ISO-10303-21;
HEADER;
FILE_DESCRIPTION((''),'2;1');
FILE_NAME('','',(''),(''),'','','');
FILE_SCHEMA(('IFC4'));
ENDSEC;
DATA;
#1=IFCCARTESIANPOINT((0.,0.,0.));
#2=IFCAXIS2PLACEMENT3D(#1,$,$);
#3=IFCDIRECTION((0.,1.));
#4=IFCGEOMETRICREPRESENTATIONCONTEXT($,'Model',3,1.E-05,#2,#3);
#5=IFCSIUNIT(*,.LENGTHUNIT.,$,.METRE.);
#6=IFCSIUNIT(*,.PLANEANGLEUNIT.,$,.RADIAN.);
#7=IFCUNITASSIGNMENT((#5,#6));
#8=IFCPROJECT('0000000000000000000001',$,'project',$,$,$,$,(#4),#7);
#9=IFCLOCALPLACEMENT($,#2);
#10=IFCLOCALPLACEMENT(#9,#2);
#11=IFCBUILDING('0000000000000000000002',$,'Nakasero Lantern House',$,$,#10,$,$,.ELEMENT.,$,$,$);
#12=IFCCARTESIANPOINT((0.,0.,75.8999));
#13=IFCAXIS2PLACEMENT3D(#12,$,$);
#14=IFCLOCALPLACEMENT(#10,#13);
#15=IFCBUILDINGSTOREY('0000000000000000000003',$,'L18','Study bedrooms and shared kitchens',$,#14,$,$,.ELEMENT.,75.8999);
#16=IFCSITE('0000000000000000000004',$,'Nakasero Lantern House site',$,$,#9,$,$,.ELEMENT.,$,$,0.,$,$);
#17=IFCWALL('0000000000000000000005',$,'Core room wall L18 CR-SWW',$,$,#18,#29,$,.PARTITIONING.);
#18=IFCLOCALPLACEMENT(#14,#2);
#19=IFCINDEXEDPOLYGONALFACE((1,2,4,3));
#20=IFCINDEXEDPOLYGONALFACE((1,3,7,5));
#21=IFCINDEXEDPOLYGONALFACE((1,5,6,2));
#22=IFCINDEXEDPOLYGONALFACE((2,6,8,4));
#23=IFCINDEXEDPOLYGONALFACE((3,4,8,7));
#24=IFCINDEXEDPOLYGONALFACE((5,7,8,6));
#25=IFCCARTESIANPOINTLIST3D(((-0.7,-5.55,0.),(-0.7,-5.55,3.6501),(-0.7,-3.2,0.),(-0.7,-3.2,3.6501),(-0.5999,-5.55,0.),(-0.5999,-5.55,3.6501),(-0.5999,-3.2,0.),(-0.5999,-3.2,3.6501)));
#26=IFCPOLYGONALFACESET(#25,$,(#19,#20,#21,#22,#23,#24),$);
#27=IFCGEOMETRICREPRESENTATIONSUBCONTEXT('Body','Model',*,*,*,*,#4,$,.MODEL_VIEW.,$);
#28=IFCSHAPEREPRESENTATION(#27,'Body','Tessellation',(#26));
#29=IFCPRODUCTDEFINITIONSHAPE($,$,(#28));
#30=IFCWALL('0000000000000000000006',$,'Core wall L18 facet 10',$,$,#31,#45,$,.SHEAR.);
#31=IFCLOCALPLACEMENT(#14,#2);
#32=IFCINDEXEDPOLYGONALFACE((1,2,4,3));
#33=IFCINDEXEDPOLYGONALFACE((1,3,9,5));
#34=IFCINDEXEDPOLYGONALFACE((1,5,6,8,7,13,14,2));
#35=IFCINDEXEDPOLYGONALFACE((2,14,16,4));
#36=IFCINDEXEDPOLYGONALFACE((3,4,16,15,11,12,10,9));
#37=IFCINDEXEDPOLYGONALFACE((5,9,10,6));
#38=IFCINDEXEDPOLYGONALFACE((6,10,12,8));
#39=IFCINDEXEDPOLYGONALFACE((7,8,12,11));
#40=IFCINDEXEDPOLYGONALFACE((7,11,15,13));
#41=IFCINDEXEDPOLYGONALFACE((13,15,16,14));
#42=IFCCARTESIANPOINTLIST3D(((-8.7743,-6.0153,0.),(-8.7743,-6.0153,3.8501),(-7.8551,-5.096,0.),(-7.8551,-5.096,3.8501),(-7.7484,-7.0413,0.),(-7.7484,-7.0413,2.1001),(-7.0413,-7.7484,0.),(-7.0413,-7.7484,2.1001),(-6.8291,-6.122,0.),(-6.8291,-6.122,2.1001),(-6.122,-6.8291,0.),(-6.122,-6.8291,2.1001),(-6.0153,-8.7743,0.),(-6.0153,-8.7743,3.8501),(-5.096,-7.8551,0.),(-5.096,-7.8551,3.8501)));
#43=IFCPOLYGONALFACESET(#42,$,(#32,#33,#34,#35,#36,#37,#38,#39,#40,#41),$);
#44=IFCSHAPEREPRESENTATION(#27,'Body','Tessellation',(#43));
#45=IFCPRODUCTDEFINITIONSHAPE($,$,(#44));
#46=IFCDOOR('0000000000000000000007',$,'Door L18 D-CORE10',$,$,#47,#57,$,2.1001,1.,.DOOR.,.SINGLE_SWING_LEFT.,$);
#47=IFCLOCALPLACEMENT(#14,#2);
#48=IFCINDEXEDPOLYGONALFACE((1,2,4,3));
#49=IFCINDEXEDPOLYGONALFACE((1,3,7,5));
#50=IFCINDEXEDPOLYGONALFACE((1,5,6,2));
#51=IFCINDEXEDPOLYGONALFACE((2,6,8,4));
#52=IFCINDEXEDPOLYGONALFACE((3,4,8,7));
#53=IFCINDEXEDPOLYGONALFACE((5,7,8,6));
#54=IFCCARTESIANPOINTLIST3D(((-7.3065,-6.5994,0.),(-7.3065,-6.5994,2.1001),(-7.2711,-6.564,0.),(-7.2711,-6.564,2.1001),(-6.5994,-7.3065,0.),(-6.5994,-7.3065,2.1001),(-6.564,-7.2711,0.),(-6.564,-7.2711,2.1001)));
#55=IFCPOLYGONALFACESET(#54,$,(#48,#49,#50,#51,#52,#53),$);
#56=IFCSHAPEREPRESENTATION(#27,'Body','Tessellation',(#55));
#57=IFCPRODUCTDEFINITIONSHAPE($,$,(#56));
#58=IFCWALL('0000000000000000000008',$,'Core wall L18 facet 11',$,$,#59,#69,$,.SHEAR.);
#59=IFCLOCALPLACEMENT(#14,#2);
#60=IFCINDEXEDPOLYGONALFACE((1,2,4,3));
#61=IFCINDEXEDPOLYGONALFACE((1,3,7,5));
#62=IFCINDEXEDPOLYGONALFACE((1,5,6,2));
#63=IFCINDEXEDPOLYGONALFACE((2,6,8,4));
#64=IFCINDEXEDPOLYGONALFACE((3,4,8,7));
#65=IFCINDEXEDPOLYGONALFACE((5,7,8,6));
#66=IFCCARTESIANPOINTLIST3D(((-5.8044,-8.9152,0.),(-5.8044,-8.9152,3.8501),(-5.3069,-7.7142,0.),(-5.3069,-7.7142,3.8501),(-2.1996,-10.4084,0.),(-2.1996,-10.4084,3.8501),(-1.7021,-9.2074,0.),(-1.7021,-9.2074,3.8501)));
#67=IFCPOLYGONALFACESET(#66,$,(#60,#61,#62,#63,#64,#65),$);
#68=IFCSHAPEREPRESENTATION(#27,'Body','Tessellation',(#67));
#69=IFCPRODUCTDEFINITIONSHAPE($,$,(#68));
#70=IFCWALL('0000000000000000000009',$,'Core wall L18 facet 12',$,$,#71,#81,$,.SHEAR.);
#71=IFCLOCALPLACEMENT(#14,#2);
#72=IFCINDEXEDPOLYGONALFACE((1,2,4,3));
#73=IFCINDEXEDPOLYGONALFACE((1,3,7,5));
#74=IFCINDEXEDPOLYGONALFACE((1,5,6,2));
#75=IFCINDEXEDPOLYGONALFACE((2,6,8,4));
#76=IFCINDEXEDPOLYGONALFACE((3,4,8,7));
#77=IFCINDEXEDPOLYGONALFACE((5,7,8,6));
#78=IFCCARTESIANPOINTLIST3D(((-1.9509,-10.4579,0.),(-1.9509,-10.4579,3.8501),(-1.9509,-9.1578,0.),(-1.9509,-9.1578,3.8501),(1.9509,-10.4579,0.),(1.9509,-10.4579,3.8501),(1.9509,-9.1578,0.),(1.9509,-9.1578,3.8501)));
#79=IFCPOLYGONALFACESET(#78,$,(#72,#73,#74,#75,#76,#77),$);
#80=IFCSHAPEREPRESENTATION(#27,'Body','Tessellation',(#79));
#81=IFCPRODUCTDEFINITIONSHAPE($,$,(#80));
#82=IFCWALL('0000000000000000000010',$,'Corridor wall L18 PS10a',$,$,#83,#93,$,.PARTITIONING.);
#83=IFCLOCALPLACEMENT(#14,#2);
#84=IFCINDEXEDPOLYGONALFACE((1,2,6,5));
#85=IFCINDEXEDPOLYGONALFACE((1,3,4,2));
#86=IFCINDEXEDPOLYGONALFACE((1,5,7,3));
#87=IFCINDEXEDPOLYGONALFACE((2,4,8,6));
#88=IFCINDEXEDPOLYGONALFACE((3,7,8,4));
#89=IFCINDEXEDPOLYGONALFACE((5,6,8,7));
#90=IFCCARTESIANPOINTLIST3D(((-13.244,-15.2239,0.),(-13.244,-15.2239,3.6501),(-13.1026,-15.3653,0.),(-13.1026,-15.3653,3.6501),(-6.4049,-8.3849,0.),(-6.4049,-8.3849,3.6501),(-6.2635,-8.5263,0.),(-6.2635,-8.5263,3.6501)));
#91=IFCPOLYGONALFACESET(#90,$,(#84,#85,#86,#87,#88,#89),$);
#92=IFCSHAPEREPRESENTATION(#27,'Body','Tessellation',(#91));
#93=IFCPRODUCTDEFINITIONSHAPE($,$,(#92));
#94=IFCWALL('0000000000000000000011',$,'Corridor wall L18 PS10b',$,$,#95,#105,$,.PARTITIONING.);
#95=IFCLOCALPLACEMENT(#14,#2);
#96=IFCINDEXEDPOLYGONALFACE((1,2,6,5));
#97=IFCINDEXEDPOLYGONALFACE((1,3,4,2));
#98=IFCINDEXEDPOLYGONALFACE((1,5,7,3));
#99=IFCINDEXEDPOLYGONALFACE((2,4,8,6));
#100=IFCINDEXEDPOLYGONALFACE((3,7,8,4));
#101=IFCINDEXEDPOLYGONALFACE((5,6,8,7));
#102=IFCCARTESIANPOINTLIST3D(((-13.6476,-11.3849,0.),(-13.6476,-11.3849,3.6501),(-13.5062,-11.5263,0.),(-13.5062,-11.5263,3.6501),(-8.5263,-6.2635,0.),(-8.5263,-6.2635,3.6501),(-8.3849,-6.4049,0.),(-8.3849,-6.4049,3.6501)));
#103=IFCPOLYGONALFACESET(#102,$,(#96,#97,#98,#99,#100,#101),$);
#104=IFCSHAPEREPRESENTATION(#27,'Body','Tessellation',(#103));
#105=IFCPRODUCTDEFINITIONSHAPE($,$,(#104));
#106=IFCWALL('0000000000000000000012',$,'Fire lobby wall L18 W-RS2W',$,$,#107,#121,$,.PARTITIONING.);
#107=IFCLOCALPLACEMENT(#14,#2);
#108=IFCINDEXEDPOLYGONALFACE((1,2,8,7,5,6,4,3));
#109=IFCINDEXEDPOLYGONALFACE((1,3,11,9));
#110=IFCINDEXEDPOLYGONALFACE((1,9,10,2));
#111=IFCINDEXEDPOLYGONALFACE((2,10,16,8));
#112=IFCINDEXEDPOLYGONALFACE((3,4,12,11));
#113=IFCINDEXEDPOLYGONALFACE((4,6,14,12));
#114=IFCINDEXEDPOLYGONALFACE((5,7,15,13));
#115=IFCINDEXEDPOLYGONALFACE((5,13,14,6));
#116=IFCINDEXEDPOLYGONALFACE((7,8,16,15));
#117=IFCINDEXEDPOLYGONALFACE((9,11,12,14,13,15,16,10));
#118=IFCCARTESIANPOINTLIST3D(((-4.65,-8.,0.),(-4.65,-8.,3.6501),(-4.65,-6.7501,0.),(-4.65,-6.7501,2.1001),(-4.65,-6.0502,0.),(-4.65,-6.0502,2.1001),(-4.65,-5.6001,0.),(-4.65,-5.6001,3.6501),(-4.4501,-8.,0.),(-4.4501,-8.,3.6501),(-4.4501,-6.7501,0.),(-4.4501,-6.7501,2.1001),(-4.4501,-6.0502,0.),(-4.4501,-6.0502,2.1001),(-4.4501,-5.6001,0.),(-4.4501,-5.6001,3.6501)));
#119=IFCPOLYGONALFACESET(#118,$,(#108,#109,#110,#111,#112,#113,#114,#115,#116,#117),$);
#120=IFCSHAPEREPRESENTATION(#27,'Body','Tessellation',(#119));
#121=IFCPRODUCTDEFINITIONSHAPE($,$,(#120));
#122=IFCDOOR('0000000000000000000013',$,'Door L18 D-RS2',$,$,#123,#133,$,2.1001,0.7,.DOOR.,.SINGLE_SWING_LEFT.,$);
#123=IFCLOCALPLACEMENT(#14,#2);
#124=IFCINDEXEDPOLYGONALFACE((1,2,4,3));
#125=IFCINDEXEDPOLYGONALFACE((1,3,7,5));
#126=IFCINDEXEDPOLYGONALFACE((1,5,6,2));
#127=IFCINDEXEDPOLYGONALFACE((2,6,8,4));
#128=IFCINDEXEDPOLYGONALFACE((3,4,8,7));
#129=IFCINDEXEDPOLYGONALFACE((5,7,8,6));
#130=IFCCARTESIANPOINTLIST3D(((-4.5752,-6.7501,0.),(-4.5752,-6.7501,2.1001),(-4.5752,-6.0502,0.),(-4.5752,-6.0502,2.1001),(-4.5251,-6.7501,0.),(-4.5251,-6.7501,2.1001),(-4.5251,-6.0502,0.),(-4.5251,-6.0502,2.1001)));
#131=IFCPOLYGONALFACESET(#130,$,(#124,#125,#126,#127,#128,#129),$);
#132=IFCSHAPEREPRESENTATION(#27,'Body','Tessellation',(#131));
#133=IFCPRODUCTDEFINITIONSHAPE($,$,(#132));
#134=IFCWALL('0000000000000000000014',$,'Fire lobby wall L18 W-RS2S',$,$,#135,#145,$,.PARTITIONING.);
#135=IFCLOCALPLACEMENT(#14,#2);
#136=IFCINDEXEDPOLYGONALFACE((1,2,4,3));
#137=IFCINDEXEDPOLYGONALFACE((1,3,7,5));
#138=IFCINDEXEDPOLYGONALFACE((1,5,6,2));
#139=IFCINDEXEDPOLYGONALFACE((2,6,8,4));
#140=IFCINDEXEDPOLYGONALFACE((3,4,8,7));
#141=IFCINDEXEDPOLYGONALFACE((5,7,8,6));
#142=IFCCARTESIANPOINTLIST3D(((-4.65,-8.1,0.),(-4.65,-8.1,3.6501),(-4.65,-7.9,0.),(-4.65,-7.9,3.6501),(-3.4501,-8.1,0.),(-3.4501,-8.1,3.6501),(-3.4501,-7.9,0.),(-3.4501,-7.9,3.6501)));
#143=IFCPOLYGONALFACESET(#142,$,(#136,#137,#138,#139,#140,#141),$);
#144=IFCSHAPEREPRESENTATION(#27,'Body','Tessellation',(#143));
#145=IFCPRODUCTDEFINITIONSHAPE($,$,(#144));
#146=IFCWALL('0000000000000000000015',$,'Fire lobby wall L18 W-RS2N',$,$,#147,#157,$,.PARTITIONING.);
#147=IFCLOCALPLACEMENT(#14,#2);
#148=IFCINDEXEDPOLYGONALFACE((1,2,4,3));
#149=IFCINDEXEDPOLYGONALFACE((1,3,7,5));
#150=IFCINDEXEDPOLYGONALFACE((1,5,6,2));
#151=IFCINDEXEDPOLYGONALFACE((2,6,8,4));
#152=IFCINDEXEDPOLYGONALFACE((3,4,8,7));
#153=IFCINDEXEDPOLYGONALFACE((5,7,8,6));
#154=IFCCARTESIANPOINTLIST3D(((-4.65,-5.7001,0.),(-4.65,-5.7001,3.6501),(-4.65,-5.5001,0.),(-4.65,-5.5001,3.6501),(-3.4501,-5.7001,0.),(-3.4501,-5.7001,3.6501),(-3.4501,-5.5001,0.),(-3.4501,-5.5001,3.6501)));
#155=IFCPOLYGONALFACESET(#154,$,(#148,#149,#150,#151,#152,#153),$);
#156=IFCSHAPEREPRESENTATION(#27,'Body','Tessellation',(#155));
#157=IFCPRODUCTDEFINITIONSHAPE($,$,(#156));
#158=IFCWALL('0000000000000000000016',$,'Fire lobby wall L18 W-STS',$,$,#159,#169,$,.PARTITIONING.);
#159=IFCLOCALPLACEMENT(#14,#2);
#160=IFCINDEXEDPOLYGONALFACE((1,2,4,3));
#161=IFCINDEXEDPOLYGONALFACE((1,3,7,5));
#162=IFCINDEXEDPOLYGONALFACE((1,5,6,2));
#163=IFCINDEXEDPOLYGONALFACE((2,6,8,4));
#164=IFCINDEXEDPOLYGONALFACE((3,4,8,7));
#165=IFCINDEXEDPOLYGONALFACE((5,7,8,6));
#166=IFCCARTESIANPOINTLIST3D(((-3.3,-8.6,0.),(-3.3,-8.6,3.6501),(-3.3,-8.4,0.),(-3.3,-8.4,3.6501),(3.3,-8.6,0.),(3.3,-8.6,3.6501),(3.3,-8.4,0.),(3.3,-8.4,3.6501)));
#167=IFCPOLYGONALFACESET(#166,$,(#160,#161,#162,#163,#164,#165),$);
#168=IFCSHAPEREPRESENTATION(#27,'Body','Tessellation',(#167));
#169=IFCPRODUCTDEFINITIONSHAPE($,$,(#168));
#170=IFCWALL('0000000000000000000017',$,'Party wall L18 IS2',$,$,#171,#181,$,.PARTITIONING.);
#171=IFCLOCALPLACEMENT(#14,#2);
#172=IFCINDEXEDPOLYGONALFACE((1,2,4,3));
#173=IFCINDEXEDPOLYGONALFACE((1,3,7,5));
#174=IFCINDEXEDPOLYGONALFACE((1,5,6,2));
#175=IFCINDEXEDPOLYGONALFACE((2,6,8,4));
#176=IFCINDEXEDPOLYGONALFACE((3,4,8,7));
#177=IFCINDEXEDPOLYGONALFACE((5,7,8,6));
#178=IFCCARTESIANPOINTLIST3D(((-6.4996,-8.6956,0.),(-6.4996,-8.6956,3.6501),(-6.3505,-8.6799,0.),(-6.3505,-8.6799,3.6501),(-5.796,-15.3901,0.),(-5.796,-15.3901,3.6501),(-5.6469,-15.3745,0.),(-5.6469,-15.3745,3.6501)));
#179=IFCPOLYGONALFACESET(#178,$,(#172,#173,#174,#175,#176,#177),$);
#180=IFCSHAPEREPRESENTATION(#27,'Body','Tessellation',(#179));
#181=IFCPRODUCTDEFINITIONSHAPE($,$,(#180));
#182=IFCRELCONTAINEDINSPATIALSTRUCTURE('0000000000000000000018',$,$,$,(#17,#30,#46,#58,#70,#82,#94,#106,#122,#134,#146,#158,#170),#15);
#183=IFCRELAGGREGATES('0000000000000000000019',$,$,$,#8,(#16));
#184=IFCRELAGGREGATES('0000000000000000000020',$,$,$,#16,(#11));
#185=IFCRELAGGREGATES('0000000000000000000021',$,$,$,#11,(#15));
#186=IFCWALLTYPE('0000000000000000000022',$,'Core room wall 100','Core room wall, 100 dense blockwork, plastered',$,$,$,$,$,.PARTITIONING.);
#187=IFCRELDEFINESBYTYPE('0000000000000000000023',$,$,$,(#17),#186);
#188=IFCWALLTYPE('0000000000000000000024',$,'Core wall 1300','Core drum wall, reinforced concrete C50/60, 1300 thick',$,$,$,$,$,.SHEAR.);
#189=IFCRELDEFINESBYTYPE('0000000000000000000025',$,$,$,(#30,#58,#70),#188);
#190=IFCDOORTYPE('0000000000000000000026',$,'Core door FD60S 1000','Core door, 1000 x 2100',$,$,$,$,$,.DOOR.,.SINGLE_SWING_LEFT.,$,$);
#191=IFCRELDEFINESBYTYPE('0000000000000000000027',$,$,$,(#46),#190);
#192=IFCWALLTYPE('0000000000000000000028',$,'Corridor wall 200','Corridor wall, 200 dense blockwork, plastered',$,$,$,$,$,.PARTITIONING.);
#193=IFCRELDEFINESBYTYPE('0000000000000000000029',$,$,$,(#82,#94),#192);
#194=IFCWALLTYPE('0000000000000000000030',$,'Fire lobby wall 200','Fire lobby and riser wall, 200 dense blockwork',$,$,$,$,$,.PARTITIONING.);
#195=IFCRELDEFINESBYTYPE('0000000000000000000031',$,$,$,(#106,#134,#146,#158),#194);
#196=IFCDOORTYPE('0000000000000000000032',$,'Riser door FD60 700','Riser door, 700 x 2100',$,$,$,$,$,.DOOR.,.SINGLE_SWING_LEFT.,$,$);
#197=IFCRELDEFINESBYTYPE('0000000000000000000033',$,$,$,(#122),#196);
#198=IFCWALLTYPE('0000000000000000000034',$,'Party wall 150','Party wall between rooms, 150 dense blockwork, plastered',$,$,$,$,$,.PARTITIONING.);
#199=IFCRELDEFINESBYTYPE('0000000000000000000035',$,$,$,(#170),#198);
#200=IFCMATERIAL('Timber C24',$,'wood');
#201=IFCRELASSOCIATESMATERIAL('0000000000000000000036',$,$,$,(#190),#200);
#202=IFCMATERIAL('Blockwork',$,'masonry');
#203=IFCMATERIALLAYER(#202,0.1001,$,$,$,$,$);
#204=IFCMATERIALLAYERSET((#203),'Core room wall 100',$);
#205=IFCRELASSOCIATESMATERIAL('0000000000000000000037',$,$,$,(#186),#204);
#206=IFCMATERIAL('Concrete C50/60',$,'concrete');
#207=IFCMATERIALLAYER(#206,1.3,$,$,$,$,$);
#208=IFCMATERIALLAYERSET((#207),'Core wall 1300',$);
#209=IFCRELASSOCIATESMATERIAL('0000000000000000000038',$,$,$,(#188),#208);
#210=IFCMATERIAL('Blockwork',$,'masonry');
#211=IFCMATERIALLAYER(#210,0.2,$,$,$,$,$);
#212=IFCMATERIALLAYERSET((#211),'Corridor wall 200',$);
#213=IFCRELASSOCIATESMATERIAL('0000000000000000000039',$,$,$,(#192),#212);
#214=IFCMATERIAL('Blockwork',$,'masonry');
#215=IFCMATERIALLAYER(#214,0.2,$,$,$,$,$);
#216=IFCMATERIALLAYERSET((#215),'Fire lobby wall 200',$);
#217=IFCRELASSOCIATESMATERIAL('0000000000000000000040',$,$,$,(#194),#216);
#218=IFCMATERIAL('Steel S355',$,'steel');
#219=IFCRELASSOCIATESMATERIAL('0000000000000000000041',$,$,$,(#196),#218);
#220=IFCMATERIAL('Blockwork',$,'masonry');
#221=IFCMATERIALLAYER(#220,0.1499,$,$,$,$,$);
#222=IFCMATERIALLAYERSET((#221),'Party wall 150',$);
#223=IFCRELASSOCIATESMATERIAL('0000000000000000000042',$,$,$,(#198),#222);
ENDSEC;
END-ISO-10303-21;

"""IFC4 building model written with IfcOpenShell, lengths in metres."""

from ifc_helpers import new_model, si_unit, direction, frame, frame_2d, origin, place, context, subcontext, project, spatial, rectangle, extrude, material, layer, layer_set, type_object, element, fill, save


model = new_model("IFC4")

# Units and contexts
model_context = context("Model", 3, precision=1e-05, world=origin(), true_north=direction((0.0, 1.0)))
body_context = subcontext(model_context, "Body", "Model", "MODEL_VIEW")
ifc_project = project(units=[si_unit("LENGTHUNIT", "METRE"), si_unit("PLANEANGLEUNIT", "RADIAN")], contexts=[model_context])

# Site, building, storey
site_placement = place(None, origin())
site = spatial("IfcSite", under=ifc_project, at=site_placement, Name="Nakasero Lantern House site", CompositionType="ELEMENT", RefElevation=0.0)
building_placement = place(site_placement, origin())
building = spatial("IfcBuilding", under=site, at=building_placement, Name="Nakasero Lantern House", CompositionType="ELEMENT")
storey_placement = place(building_placement, frame((0.0, 0.0, 75.8999)))
storey = spatial("IfcBuildingStorey", under=building, at=storey_placement, Name="L18", Description="Study bedrooms and shared kitchens", CompositionType="ELEMENT", Elevation=75.8999)

# Shared definitions
ifc_material_1 = material(Name="Timber C24", Category="wood")
door_type_1 = type_object("IfcDoorType", Name="Core door FD60S 1000", Description="Core door, 1000 x 2100", OperationType="SINGLE_SWING_LEFT", PredefinedType="DOOR", material=ifc_material_1)

# Shared definitions
ifc_material_2 = material(Name="Blockwork", Category="masonry")
ifc_layer_1 = layer(ifc_material_2, 0.1001)
ifc_layer_set_1 = layer_set([ifc_layer_1], Name="Core room wall 100")
wall_type_1 = type_object("IfcWallType", Name="Core room wall 100", Description="Core room wall, 100 dense blockwork, plastered", PredefinedType="PARTITIONING", material=ifc_layer_set_1)

# Wall
wall_1_placement = place(storey_placement, frame((-0.6499, -5.55, 0.0), z_axis=(0.0, 0.0, 1.0), x_axis=(0.0, 1.0, 0.0)))
element("IfcWall", 1, at=wall_1_placement, inside=storey, type_object=wall_type_1, Name="Core room wall L18 CR-SWW", PredefinedType="PARTITIONING", context=body_context, shape_type="SweptSolid", body=[
    extrude(rectangle(XDim=2.3501, YDim=0.1001, at=frame_2d((1.175, 0.0))), origin(), (0.0, 0.0, 1.0), 3.6501),
])

# Wall, opening, door
ifc_material_3 = material(Name="Concrete C50/60", Category="concrete")
ifc_layer_2 = layer(ifc_material_3, 1.3)
ifc_layer_set_2 = layer_set([ifc_layer_2], Name="Core wall 1300")
wall_type_2 = type_object("IfcWallType", Name="Core wall 1300", Description="Core drum wall, reinforced concrete C50/60, 1300 thick", PredefinedType="SHEAR", material=ifc_layer_set_2)
wall_2_placement = place(storey_placement, frame((-8.3147, -5.5557, 0.0), z_axis=(0.0, 0.0, 1.0), x_axis=(0.707107, -0.707107, 0.0)))
wall_2 = element("IfcWall", 2, at=wall_2_placement, inside=storey, type_object=wall_type_2, Name="Core wall L18 facet 10", PredefinedType="SHEAR", context=body_context, shape_type="SweptSolid", body=[
    extrude(rectangle(XDim=3.9019, YDim=1.3, at=frame_2d((1.9509, 0.0))), origin(), (0.0, 0.0, 1.0), 3.8501),
])
opening_1_placement = place(wall_2_placement, frame((1.4509, 0.0, 0.0)))
opening_1 = element("IfcOpeningElement", 3, at=opening_1_placement, cuts=wall_2, PredefinedType="OPENING", context=body_context, shape_type="SweptSolid", body=[
    extrude(rectangle(XDim=1.0, YDim=2.1001, at=frame_2d((0.5, 1.05))), frame((0.0, 0.6699, 0.0), z_axis=(0.0, -1.0, 0.0), x_axis=(1.0, 0.0, 0.0)), (0.0, 0.0, 1.0), 1.3401),
])
door_1_placement = place(opening_1_placement, origin())
door_1 = element("IfcDoor", 4, at=door_1_placement, inside=storey, type_object=door_type_1, Name="Door L18 D-CORE10", OperationType="SINGLE_SWING_LEFT", OverallHeight=2.1001, OverallWidth=1.0, PredefinedType="DOOR", context=body_context, shape_type="SweptSolid", body=[
    extrude(rectangle(XDim=1.0, YDim=2.1001, at=frame_2d((0.5, 1.05))), frame((0.0, 0.0249, 0.0), z_axis=(0.0, -1.0, 0.0), x_axis=(1.0, 0.0, 0.0)), (0.0, 0.0, 1.0), 0.05),
])
fill(opening_1, door_1)

# Walls
for number, where, z_axis, x_axis, name in (
    (5, (-5.5557, -8.3147, 0.0), (0.0, 0.0, 1.0), (0.923877, -0.382691, 0.0), "Core wall L18 facet 11"),
    (6, (-1.9509, -9.8079, 0.0), (0.0, 0.0, 1.0), (1.0, 0.0, 0.0), "Core wall L18 facet 12"),
):
    element("IfcWall", number, at=place(storey_placement, frame(where, z_axis=z_axis, x_axis=x_axis)), inside=storey, type_object=wall_type_2, Name=name, PredefinedType="SHEAR", context=body_context, shape_type="SweptSolid", body=[
        extrude(rectangle(XDim=3.9019, YDim=1.3, at=frame_2d((1.9509, 0.0))), origin(), (0.0, 0.0, 1.0), 3.8501),
    ])
ifc_material_4 = material(Name="Blockwork", Category="masonry")
ifc_layer_3 = layer(ifc_material_4, 0.2)
ifc_layer_set_3 = layer_set([ifc_layer_3], Name="Corridor wall 200")
wall_type_3 = type_object("IfcWallType", Name="Corridor wall 200", Description="Corridor wall, 200 dense blockwork, plastered", PredefinedType="PARTITIONING", material=ifc_layer_set_3)
wall_3_placement = place(storey_placement, frame((-6.3342, -8.4556, 0.0), z_axis=(0.0, 0.0, 1.0), x_axis=(-0.707107, -0.707107, 0.0)))
element("IfcWall", 7, at=wall_3_placement, inside=storey, type_object=wall_type_3, Name="Corridor wall L18 PS10a", PredefinedType="PARTITIONING", context=body_context, shape_type="SweptSolid", body=[
    extrude(rectangle(XDim=9.6719, YDim=0.2, at=frame_2d((4.8359, 0.0))), origin(), (0.0, 0.0, 1.0), 3.6501),
])
wall_4_placement = place(storey_placement, frame((-8.4556, -6.3342, 0.0), z_axis=(0.0, 0.0, 1.0), x_axis=(-0.707107, -0.707107, 0.0)))
element("IfcWall", 8, at=wall_4_placement, inside=storey, type_object=wall_type_3, Name="Corridor wall L18 PS10b", PredefinedType="PARTITIONING", context=body_context, shape_type="SweptSolid", body=[
    extrude(rectangle(XDim=7.2427, YDim=0.2, at=frame_2d((3.6213, 0.0))), origin(), (0.0, 0.0, 1.0), 3.6501),
])

# Wall, opening, door
ifc_material_5 = material(Name="Blockwork", Category="masonry")
ifc_layer_4 = layer(ifc_material_5, 0.2)
ifc_layer_set_4 = layer_set([ifc_layer_4], Name="Fire lobby wall 200")
wall_type_4 = type_object("IfcWallType", Name="Fire lobby wall 200", Description="Fire lobby and riser wall, 200 dense blockwork", PredefinedType="PARTITIONING", material=ifc_layer_set_4)
wall_5_placement = place(storey_placement, frame((-4.55, -5.6001, 0.0), z_axis=(0.0, 0.0, 1.0), x_axis=(0.0, -1.0, 0.0)))
wall_5 = element("IfcWall", 9, at=wall_5_placement, inside=storey, type_object=wall_type_4, Name="Fire lobby wall L18 W-RS2W", PredefinedType="PARTITIONING", context=body_context, shape_type="SweptSolid", body=[
    extrude(rectangle(XDim=2.3999, YDim=0.2, at=frame_2d((1.2, 0.0))), origin(), (0.0, 0.0, 1.0), 3.6501),
])
opening_2_placement = place(wall_5_placement, frame((0.45, 0.0, 0.0)))
opening_2 = element("IfcOpeningElement", 10, at=opening_2_placement, cuts=wall_5, PredefinedType="OPENING", context=body_context, shape_type="SweptSolid", body=[
    extrude(rectangle(XDim=0.7, YDim=2.1001, at=frame_2d((0.3501, 1.05))), frame((0.0, 0.1199, 0.0), z_axis=(0.0, -1.0, 0.0), x_axis=(1.0, 0.0, 0.0)), (0.0, 0.0, 1.0), 0.24),
])
ifc_material_6 = material(Name="Steel S355", Category="steel")
door_type_2 = type_object("IfcDoorType", Name="Riser door FD60 700", Description="Riser door, 700 x 2100", OperationType="SINGLE_SWING_LEFT", PredefinedType="DOOR", material=ifc_material_6)
door_2_placement = place(opening_2_placement, origin())
door_2 = element("IfcDoor", 11, at=door_2_placement, inside=storey, type_object=door_type_2, Name="Door L18 D-RS2", OperationType="SINGLE_SWING_LEFT", OverallHeight=2.1001, OverallWidth=0.7, PredefinedType="DOOR", context=body_context, shape_type="SweptSolid", body=[
    extrude(rectangle(XDim=0.7, YDim=2.1001, at=frame_2d((0.3501, 1.05))), frame((0.0, 0.0249, 0.0), z_axis=(0.0, -1.0, 0.0), x_axis=(1.0, 0.0, 0.0)), (0.0, 0.0, 1.0), 0.05),
])
fill(opening_2, door_2)

# Walls
for number, where, z_axis, x_axis, name in (
    (12, (-3.45, -8.0, 0.0), (0.0, 0.0, 1.0), (-1.0, 0.0, 0.0), "Fire lobby wall L18 W-RS2S"),
    (13, (-3.45, -5.6001, 0.0), (0.0, 0.0, 1.0), (-1.0, 0.0, 0.0), "Fire lobby wall L18 W-RS2N"),
):
    element("IfcWall", number, at=place(storey_placement, frame(where, z_axis=z_axis, x_axis=x_axis)), inside=storey, type_object=wall_type_4, Name=name, PredefinedType="PARTITIONING", context=body_context, shape_type="SweptSolid", body=[
        extrude(rectangle(XDim=1.2, YDim=0.2, at=frame_2d((0.6001, 0.0))), origin(), (0.0, 0.0, 1.0), 3.6501),
    ])
wall_6_placement = place(storey_placement, frame((-3.3, -8.5, 0.0), z_axis=(0.0, 0.0, 1.0), x_axis=(1.0, 0.0, 0.0)))
element("IfcWall", 14, at=wall_6_placement, inside=storey, type_object=wall_type_4, Name="Fire lobby wall L18 W-STS", PredefinedType="PARTITIONING", context=body_context, shape_type="SweptSolid", body=[
    extrude(rectangle(XDim=6.6001, YDim=0.2, at=frame_2d((3.3, 0.0))), origin(), (0.0, 0.0, 1.0), 3.6501),
])
ifc_material_7 = material(Name="Blockwork", Category="masonry")
ifc_layer_5 = layer(ifc_material_7, 0.1499)
ifc_layer_set_5 = layer_set([ifc_layer_5], Name="Party wall 150")
wall_type_5 = type_object("IfcWallType", Name="Party wall 150", Description="Party wall between rooms, 150 dense blockwork, plastered", PredefinedType="PARTITIONING", material=ifc_layer_set_5)
wall_7_placement = place(storey_placement, frame((-6.425, -8.6877, 0.0), z_axis=(0.0, 0.0, 1.0), x_axis=(0.104526, -0.994522, 0.0)))
element("IfcWall", 15, at=wall_7_placement, inside=storey, type_object=wall_type_5, Name="Party wall L18 IS2", PredefinedType="PARTITIONING", context=body_context, shape_type="SweptSolid", body=[
    extrude(rectangle(XDim=6.7314, YDim=0.1499, at=frame_2d((3.3657, 0.0))), origin(), (0.0, 0.0, 1.0), 3.6501),
])

save(model, "model.ifc")
